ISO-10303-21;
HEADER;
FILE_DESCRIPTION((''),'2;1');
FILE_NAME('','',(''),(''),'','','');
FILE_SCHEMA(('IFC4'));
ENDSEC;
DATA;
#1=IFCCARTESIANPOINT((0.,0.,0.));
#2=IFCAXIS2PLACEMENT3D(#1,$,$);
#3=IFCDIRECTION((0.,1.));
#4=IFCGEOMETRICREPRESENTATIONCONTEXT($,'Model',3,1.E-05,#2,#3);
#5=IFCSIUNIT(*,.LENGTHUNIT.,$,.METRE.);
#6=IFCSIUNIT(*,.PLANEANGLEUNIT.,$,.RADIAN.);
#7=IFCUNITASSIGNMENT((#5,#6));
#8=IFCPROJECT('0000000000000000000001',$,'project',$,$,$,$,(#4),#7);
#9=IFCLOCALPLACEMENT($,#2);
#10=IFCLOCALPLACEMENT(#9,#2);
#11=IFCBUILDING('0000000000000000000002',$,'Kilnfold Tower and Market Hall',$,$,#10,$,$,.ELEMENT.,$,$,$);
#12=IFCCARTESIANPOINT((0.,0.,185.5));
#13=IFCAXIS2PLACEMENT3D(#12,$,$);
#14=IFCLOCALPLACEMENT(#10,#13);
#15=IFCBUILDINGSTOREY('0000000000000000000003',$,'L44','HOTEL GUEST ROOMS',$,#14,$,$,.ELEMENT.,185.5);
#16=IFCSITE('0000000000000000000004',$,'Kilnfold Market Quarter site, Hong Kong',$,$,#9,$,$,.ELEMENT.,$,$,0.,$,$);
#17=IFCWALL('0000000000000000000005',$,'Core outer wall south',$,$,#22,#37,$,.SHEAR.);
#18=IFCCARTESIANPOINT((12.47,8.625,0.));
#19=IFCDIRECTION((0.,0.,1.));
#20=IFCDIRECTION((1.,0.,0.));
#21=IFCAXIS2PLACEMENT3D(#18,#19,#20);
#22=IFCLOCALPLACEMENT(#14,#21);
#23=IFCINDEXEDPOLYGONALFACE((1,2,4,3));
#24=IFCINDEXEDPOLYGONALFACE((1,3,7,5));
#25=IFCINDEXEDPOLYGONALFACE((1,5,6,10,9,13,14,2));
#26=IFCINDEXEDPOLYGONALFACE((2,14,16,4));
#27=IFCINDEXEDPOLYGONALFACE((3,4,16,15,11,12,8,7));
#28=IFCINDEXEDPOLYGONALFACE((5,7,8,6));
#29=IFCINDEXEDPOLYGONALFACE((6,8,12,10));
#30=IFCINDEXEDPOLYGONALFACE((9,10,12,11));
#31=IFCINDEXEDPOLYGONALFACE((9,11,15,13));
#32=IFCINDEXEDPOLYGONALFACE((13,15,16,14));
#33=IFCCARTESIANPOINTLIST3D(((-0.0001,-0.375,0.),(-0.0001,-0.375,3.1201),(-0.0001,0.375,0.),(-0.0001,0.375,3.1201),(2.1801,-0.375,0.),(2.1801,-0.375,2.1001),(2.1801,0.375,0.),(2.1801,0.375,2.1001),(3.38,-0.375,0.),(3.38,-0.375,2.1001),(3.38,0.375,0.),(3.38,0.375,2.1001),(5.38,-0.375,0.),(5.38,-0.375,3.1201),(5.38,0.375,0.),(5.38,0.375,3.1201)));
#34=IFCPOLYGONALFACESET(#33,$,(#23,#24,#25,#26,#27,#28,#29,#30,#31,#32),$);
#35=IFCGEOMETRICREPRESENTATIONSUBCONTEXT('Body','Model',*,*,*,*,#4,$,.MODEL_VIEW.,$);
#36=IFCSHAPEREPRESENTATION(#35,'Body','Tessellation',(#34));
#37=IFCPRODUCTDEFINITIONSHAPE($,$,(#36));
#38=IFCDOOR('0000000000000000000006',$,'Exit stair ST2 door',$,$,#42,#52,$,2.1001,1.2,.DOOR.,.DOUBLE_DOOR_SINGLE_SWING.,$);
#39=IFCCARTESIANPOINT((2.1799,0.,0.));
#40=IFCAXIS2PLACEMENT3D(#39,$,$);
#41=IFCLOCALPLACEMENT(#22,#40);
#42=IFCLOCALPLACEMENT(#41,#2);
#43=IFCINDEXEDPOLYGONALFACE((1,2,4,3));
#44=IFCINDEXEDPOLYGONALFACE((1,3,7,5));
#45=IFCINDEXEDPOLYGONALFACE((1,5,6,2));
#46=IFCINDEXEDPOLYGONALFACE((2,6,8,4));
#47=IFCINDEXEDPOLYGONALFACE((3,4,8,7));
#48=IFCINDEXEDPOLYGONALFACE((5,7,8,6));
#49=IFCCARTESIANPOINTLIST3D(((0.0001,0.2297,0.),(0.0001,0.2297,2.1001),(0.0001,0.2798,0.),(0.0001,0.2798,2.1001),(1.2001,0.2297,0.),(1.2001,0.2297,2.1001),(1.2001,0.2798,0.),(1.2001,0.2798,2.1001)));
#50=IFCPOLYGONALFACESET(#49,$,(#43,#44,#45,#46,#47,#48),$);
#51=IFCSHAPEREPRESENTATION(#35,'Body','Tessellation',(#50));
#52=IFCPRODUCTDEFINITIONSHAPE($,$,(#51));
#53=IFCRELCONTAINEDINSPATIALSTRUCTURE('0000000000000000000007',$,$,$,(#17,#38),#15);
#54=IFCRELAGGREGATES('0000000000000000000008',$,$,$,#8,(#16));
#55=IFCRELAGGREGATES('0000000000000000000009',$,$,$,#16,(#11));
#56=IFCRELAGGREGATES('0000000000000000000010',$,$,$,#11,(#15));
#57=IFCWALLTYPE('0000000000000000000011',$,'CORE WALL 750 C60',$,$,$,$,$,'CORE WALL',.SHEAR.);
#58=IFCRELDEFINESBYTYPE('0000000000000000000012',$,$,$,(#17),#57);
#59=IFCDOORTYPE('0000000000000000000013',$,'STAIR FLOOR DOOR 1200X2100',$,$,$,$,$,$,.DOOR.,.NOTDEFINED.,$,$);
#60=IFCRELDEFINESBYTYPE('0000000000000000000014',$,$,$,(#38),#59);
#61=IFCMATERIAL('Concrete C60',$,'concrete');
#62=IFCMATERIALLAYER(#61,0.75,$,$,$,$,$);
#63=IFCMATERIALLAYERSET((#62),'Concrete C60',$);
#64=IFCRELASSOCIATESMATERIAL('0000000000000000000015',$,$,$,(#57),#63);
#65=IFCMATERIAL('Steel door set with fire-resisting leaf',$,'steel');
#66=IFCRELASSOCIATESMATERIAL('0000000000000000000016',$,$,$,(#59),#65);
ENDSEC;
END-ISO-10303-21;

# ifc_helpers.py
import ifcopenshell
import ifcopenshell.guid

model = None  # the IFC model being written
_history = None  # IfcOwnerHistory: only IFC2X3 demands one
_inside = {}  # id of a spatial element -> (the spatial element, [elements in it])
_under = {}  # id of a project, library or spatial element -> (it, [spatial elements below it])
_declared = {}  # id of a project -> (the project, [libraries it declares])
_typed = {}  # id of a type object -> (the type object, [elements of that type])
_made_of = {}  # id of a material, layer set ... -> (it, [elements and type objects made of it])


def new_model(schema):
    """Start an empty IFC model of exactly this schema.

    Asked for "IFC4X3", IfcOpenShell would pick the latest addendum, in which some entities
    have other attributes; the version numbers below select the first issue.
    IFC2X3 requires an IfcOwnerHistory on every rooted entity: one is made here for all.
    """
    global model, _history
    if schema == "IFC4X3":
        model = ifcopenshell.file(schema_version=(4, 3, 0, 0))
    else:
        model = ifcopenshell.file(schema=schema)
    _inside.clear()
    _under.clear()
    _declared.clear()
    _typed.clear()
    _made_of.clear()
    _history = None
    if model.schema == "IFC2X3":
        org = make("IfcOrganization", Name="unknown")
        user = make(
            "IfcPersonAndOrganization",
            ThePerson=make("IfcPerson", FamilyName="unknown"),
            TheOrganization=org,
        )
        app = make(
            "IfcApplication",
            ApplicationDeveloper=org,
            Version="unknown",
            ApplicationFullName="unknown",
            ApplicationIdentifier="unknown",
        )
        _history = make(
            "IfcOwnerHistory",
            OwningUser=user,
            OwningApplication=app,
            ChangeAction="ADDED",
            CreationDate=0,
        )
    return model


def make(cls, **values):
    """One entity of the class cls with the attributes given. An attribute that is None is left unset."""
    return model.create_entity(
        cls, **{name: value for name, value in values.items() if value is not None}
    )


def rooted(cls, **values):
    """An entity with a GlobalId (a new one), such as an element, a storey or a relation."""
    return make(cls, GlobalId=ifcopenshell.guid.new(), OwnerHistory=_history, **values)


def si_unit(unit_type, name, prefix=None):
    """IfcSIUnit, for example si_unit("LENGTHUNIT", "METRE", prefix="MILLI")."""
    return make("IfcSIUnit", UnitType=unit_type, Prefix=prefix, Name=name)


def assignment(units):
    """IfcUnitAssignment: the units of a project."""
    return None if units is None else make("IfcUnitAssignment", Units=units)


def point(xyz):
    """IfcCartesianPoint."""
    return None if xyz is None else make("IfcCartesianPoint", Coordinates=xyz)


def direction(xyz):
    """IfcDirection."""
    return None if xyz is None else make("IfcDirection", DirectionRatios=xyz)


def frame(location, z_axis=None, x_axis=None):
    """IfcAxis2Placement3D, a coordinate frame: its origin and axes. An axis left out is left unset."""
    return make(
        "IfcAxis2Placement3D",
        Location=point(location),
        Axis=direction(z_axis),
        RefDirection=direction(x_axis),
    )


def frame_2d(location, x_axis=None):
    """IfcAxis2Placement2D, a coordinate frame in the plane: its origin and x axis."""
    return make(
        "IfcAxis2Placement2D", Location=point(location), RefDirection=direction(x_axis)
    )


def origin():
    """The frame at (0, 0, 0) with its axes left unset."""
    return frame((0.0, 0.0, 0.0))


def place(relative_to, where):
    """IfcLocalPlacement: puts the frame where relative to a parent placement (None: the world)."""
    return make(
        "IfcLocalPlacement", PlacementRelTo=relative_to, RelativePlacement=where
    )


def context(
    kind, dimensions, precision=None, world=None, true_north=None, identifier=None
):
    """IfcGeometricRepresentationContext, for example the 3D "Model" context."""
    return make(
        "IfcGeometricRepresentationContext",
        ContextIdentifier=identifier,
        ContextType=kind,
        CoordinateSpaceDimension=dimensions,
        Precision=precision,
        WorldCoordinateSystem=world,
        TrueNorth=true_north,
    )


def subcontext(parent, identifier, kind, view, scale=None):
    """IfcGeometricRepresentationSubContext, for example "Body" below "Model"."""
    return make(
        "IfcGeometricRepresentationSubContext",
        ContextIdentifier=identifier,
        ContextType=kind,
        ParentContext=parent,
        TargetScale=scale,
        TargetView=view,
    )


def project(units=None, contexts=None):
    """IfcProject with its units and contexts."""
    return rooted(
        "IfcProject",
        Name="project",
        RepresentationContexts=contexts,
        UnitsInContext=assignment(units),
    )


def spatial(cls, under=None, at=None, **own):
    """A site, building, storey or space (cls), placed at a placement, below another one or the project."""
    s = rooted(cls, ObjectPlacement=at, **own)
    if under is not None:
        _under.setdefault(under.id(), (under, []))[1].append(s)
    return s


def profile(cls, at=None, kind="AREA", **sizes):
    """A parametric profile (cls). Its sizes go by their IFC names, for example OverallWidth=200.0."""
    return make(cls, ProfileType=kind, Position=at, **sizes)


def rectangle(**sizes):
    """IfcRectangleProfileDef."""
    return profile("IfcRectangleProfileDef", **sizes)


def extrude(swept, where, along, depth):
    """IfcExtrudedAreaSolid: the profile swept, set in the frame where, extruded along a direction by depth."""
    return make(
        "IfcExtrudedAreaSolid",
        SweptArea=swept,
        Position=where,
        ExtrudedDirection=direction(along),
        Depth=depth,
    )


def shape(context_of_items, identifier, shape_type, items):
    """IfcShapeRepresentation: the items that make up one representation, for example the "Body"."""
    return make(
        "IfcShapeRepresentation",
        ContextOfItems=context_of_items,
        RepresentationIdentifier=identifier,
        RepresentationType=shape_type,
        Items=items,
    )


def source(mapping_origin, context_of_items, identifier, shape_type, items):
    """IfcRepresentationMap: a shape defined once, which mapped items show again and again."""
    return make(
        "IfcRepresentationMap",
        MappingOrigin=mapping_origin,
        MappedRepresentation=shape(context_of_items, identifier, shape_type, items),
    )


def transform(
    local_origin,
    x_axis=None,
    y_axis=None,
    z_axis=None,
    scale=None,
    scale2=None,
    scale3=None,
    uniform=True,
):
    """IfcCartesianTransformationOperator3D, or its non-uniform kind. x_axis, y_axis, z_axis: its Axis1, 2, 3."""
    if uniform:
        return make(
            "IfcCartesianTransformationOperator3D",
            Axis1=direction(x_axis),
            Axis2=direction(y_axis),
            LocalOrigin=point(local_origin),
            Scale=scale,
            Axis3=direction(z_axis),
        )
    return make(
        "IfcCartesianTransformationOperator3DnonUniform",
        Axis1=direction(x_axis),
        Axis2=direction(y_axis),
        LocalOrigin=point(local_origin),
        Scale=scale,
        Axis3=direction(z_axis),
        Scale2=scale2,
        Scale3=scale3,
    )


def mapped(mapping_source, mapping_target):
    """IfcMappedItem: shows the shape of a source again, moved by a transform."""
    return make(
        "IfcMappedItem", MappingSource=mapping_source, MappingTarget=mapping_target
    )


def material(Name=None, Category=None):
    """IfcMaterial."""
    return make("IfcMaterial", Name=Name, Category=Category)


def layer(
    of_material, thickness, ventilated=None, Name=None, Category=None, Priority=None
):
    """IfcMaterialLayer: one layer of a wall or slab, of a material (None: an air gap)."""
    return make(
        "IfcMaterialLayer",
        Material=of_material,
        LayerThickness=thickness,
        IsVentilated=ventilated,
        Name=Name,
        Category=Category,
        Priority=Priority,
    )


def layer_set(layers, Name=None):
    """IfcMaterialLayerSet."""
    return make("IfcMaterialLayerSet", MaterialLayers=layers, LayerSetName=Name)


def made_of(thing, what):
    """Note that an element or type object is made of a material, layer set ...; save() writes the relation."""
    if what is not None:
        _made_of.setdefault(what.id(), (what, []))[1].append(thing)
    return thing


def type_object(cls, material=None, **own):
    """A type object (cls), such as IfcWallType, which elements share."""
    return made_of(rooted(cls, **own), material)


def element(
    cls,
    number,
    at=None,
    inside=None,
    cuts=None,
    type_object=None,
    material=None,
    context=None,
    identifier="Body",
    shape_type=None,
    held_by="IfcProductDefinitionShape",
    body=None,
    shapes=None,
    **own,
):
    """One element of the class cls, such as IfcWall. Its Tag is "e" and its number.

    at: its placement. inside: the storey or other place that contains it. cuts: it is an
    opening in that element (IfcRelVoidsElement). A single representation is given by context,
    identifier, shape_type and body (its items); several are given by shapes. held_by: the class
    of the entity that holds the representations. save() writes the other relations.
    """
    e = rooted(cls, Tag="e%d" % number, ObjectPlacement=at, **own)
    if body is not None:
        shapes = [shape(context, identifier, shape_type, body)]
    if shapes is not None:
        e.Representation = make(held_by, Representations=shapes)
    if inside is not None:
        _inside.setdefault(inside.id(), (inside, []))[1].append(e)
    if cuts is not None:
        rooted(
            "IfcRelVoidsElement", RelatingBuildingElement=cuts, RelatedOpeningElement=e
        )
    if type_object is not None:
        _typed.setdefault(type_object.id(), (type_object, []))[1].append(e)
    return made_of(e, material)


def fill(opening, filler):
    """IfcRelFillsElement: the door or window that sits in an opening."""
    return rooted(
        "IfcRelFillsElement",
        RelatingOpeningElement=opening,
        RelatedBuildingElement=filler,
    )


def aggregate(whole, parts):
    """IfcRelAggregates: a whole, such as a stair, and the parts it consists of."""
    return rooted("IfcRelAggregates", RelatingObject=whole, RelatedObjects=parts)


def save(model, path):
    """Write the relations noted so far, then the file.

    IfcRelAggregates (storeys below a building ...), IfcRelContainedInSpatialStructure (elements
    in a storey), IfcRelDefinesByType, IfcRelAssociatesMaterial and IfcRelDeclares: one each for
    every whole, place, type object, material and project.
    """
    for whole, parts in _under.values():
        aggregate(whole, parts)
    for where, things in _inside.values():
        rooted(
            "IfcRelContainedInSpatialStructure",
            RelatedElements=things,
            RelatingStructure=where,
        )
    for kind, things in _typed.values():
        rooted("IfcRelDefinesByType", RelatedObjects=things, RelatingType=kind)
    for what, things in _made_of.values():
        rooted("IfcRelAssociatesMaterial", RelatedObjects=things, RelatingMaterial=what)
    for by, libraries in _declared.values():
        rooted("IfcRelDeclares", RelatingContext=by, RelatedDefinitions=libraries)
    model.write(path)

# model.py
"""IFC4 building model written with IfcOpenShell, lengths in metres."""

from ifc_helpers import new_model, si_unit, direction, frame, frame_2d, origin, place, context, subcontext, project, spatial, rectangle, extrude, source, transform, mapped, material, layer, layer_set, type_object, element, fill, save


model = new_model("IFC4")

# Units and contexts
model_context = context("Model", 3, precision=1e-05, world=origin(), true_north=direction((0.0, 1.0)))
body_context = subcontext(model_context, "Body", "Model", "MODEL_VIEW")
ifc_project = project(units=[si_unit("LENGTHUNIT", "METRE"), si_unit("PLANEANGLEUNIT", "RADIAN")], contexts=[model_context])

# Site, building, storey
site_placement = place(None, origin())
site = spatial("IfcSite", under=ifc_project, at=site_placement, Name="Kilnfold Market Quarter site, Hong Kong", CompositionType="ELEMENT", RefElevation=0.0)
building_placement = place(site_placement, origin())
building = spatial("IfcBuilding", under=site, at=building_placement, Name="Kilnfold Tower and Market Hall", CompositionType="ELEMENT")
storey_placement = place(building_placement, frame((0.0, 0.0, 185.5)))
storey = spatial("IfcBuildingStorey", under=building, at=storey_placement, Name="L44", Description="HOTEL GUEST ROOMS", CompositionType="ELEMENT", Elevation=185.5)

# Shared definitions
ifc_material_1 = material(Name="Concrete C60", Category="concrete")
ifc_layer_1 = layer(ifc_material_1, 0.75)
ifc_layer_set_1 = layer_set([ifc_layer_1], Name="Concrete C60")
wall_type_1 = type_object("IfcWallType", Name="CORE WALL 750 C60", ElementType="CORE WALL", PredefinedType="SHEAR", material=ifc_layer_set_1)

# Wall, opening, door
shared_shape_1 = source(origin(), body_context, "Body", "SweptSolid", [
    extrude(rectangle(XDim=5.3801, YDim=0.75, at=frame_2d((2.6899, 0.0))), origin(), (0.0, 0.0, 1.0), 3.1201),
])
wall_1_placement = place(storey_placement, frame((12.47, 8.625, 0.0), z_axis=(0.0, 0.0, 1.0), x_axis=(1.0, 0.0, 0.0)))
wall_1 = element("IfcWall", 1, at=wall_1_placement, inside=storey, type_object=wall_type_1, Name="Core outer wall south", PredefinedType="SHEAR", context=body_context, shape_type="MappedRepresentation", body=[
    mapped(shared_shape_1, transform((0.0, 0.0, 0.0))),
])
opening_1_placement = place(wall_1_placement, frame((2.1799, 0.0, 0.0)))
opening_1 = element("IfcOpeningElement", 2, at=opening_1_placement, cuts=wall_1, PredefinedType="OPENING", context=body_context, shape_type="SweptSolid", body=[
    extrude(rectangle(XDim=1.2, YDim=2.1001, at=frame_2d((0.6001, 1.05))), frame((0.0, 0.385, 0.0), z_axis=(0.0, -1.0, 0.0), x_axis=(1.0, 0.0, 0.0)), (0.0, 0.0, 1.0), 0.77),
])
ifc_material_2 = material(Name="Steel door set with fire-resisting leaf", Category="steel")
door_type_1 = type_object("IfcDoorType", Name="STAIR FLOOR DOOR 1200X2100", OperationType="NOTDEFINED", PredefinedType="DOOR", material=ifc_material_2)
door_1_placement = place(opening_1_placement, origin())
door_1 = element("IfcDoor", 3, at=door_1_placement, inside=storey, type_object=door_type_1, Name="Exit stair ST2 door", OperationType="DOUBLE_DOOR_SINGLE_SWING", OverallHeight=2.1001, OverallWidth=1.2, PredefinedType="DOOR", context=body_context, shape_type="SweptSolid", body=[
    extrude(rectangle(XDim=1.2, YDim=2.1001, at=frame_2d((0.6001, 1.05))), frame((0.0, 0.2798, 0.0), z_axis=(0.0, -1.0, 0.0), x_axis=(1.0, 0.0, 0.0)), (0.0, 0.0, 1.0), 0.05),
])
fill(opening_1, door_1)

save(model, "model.ifc")
